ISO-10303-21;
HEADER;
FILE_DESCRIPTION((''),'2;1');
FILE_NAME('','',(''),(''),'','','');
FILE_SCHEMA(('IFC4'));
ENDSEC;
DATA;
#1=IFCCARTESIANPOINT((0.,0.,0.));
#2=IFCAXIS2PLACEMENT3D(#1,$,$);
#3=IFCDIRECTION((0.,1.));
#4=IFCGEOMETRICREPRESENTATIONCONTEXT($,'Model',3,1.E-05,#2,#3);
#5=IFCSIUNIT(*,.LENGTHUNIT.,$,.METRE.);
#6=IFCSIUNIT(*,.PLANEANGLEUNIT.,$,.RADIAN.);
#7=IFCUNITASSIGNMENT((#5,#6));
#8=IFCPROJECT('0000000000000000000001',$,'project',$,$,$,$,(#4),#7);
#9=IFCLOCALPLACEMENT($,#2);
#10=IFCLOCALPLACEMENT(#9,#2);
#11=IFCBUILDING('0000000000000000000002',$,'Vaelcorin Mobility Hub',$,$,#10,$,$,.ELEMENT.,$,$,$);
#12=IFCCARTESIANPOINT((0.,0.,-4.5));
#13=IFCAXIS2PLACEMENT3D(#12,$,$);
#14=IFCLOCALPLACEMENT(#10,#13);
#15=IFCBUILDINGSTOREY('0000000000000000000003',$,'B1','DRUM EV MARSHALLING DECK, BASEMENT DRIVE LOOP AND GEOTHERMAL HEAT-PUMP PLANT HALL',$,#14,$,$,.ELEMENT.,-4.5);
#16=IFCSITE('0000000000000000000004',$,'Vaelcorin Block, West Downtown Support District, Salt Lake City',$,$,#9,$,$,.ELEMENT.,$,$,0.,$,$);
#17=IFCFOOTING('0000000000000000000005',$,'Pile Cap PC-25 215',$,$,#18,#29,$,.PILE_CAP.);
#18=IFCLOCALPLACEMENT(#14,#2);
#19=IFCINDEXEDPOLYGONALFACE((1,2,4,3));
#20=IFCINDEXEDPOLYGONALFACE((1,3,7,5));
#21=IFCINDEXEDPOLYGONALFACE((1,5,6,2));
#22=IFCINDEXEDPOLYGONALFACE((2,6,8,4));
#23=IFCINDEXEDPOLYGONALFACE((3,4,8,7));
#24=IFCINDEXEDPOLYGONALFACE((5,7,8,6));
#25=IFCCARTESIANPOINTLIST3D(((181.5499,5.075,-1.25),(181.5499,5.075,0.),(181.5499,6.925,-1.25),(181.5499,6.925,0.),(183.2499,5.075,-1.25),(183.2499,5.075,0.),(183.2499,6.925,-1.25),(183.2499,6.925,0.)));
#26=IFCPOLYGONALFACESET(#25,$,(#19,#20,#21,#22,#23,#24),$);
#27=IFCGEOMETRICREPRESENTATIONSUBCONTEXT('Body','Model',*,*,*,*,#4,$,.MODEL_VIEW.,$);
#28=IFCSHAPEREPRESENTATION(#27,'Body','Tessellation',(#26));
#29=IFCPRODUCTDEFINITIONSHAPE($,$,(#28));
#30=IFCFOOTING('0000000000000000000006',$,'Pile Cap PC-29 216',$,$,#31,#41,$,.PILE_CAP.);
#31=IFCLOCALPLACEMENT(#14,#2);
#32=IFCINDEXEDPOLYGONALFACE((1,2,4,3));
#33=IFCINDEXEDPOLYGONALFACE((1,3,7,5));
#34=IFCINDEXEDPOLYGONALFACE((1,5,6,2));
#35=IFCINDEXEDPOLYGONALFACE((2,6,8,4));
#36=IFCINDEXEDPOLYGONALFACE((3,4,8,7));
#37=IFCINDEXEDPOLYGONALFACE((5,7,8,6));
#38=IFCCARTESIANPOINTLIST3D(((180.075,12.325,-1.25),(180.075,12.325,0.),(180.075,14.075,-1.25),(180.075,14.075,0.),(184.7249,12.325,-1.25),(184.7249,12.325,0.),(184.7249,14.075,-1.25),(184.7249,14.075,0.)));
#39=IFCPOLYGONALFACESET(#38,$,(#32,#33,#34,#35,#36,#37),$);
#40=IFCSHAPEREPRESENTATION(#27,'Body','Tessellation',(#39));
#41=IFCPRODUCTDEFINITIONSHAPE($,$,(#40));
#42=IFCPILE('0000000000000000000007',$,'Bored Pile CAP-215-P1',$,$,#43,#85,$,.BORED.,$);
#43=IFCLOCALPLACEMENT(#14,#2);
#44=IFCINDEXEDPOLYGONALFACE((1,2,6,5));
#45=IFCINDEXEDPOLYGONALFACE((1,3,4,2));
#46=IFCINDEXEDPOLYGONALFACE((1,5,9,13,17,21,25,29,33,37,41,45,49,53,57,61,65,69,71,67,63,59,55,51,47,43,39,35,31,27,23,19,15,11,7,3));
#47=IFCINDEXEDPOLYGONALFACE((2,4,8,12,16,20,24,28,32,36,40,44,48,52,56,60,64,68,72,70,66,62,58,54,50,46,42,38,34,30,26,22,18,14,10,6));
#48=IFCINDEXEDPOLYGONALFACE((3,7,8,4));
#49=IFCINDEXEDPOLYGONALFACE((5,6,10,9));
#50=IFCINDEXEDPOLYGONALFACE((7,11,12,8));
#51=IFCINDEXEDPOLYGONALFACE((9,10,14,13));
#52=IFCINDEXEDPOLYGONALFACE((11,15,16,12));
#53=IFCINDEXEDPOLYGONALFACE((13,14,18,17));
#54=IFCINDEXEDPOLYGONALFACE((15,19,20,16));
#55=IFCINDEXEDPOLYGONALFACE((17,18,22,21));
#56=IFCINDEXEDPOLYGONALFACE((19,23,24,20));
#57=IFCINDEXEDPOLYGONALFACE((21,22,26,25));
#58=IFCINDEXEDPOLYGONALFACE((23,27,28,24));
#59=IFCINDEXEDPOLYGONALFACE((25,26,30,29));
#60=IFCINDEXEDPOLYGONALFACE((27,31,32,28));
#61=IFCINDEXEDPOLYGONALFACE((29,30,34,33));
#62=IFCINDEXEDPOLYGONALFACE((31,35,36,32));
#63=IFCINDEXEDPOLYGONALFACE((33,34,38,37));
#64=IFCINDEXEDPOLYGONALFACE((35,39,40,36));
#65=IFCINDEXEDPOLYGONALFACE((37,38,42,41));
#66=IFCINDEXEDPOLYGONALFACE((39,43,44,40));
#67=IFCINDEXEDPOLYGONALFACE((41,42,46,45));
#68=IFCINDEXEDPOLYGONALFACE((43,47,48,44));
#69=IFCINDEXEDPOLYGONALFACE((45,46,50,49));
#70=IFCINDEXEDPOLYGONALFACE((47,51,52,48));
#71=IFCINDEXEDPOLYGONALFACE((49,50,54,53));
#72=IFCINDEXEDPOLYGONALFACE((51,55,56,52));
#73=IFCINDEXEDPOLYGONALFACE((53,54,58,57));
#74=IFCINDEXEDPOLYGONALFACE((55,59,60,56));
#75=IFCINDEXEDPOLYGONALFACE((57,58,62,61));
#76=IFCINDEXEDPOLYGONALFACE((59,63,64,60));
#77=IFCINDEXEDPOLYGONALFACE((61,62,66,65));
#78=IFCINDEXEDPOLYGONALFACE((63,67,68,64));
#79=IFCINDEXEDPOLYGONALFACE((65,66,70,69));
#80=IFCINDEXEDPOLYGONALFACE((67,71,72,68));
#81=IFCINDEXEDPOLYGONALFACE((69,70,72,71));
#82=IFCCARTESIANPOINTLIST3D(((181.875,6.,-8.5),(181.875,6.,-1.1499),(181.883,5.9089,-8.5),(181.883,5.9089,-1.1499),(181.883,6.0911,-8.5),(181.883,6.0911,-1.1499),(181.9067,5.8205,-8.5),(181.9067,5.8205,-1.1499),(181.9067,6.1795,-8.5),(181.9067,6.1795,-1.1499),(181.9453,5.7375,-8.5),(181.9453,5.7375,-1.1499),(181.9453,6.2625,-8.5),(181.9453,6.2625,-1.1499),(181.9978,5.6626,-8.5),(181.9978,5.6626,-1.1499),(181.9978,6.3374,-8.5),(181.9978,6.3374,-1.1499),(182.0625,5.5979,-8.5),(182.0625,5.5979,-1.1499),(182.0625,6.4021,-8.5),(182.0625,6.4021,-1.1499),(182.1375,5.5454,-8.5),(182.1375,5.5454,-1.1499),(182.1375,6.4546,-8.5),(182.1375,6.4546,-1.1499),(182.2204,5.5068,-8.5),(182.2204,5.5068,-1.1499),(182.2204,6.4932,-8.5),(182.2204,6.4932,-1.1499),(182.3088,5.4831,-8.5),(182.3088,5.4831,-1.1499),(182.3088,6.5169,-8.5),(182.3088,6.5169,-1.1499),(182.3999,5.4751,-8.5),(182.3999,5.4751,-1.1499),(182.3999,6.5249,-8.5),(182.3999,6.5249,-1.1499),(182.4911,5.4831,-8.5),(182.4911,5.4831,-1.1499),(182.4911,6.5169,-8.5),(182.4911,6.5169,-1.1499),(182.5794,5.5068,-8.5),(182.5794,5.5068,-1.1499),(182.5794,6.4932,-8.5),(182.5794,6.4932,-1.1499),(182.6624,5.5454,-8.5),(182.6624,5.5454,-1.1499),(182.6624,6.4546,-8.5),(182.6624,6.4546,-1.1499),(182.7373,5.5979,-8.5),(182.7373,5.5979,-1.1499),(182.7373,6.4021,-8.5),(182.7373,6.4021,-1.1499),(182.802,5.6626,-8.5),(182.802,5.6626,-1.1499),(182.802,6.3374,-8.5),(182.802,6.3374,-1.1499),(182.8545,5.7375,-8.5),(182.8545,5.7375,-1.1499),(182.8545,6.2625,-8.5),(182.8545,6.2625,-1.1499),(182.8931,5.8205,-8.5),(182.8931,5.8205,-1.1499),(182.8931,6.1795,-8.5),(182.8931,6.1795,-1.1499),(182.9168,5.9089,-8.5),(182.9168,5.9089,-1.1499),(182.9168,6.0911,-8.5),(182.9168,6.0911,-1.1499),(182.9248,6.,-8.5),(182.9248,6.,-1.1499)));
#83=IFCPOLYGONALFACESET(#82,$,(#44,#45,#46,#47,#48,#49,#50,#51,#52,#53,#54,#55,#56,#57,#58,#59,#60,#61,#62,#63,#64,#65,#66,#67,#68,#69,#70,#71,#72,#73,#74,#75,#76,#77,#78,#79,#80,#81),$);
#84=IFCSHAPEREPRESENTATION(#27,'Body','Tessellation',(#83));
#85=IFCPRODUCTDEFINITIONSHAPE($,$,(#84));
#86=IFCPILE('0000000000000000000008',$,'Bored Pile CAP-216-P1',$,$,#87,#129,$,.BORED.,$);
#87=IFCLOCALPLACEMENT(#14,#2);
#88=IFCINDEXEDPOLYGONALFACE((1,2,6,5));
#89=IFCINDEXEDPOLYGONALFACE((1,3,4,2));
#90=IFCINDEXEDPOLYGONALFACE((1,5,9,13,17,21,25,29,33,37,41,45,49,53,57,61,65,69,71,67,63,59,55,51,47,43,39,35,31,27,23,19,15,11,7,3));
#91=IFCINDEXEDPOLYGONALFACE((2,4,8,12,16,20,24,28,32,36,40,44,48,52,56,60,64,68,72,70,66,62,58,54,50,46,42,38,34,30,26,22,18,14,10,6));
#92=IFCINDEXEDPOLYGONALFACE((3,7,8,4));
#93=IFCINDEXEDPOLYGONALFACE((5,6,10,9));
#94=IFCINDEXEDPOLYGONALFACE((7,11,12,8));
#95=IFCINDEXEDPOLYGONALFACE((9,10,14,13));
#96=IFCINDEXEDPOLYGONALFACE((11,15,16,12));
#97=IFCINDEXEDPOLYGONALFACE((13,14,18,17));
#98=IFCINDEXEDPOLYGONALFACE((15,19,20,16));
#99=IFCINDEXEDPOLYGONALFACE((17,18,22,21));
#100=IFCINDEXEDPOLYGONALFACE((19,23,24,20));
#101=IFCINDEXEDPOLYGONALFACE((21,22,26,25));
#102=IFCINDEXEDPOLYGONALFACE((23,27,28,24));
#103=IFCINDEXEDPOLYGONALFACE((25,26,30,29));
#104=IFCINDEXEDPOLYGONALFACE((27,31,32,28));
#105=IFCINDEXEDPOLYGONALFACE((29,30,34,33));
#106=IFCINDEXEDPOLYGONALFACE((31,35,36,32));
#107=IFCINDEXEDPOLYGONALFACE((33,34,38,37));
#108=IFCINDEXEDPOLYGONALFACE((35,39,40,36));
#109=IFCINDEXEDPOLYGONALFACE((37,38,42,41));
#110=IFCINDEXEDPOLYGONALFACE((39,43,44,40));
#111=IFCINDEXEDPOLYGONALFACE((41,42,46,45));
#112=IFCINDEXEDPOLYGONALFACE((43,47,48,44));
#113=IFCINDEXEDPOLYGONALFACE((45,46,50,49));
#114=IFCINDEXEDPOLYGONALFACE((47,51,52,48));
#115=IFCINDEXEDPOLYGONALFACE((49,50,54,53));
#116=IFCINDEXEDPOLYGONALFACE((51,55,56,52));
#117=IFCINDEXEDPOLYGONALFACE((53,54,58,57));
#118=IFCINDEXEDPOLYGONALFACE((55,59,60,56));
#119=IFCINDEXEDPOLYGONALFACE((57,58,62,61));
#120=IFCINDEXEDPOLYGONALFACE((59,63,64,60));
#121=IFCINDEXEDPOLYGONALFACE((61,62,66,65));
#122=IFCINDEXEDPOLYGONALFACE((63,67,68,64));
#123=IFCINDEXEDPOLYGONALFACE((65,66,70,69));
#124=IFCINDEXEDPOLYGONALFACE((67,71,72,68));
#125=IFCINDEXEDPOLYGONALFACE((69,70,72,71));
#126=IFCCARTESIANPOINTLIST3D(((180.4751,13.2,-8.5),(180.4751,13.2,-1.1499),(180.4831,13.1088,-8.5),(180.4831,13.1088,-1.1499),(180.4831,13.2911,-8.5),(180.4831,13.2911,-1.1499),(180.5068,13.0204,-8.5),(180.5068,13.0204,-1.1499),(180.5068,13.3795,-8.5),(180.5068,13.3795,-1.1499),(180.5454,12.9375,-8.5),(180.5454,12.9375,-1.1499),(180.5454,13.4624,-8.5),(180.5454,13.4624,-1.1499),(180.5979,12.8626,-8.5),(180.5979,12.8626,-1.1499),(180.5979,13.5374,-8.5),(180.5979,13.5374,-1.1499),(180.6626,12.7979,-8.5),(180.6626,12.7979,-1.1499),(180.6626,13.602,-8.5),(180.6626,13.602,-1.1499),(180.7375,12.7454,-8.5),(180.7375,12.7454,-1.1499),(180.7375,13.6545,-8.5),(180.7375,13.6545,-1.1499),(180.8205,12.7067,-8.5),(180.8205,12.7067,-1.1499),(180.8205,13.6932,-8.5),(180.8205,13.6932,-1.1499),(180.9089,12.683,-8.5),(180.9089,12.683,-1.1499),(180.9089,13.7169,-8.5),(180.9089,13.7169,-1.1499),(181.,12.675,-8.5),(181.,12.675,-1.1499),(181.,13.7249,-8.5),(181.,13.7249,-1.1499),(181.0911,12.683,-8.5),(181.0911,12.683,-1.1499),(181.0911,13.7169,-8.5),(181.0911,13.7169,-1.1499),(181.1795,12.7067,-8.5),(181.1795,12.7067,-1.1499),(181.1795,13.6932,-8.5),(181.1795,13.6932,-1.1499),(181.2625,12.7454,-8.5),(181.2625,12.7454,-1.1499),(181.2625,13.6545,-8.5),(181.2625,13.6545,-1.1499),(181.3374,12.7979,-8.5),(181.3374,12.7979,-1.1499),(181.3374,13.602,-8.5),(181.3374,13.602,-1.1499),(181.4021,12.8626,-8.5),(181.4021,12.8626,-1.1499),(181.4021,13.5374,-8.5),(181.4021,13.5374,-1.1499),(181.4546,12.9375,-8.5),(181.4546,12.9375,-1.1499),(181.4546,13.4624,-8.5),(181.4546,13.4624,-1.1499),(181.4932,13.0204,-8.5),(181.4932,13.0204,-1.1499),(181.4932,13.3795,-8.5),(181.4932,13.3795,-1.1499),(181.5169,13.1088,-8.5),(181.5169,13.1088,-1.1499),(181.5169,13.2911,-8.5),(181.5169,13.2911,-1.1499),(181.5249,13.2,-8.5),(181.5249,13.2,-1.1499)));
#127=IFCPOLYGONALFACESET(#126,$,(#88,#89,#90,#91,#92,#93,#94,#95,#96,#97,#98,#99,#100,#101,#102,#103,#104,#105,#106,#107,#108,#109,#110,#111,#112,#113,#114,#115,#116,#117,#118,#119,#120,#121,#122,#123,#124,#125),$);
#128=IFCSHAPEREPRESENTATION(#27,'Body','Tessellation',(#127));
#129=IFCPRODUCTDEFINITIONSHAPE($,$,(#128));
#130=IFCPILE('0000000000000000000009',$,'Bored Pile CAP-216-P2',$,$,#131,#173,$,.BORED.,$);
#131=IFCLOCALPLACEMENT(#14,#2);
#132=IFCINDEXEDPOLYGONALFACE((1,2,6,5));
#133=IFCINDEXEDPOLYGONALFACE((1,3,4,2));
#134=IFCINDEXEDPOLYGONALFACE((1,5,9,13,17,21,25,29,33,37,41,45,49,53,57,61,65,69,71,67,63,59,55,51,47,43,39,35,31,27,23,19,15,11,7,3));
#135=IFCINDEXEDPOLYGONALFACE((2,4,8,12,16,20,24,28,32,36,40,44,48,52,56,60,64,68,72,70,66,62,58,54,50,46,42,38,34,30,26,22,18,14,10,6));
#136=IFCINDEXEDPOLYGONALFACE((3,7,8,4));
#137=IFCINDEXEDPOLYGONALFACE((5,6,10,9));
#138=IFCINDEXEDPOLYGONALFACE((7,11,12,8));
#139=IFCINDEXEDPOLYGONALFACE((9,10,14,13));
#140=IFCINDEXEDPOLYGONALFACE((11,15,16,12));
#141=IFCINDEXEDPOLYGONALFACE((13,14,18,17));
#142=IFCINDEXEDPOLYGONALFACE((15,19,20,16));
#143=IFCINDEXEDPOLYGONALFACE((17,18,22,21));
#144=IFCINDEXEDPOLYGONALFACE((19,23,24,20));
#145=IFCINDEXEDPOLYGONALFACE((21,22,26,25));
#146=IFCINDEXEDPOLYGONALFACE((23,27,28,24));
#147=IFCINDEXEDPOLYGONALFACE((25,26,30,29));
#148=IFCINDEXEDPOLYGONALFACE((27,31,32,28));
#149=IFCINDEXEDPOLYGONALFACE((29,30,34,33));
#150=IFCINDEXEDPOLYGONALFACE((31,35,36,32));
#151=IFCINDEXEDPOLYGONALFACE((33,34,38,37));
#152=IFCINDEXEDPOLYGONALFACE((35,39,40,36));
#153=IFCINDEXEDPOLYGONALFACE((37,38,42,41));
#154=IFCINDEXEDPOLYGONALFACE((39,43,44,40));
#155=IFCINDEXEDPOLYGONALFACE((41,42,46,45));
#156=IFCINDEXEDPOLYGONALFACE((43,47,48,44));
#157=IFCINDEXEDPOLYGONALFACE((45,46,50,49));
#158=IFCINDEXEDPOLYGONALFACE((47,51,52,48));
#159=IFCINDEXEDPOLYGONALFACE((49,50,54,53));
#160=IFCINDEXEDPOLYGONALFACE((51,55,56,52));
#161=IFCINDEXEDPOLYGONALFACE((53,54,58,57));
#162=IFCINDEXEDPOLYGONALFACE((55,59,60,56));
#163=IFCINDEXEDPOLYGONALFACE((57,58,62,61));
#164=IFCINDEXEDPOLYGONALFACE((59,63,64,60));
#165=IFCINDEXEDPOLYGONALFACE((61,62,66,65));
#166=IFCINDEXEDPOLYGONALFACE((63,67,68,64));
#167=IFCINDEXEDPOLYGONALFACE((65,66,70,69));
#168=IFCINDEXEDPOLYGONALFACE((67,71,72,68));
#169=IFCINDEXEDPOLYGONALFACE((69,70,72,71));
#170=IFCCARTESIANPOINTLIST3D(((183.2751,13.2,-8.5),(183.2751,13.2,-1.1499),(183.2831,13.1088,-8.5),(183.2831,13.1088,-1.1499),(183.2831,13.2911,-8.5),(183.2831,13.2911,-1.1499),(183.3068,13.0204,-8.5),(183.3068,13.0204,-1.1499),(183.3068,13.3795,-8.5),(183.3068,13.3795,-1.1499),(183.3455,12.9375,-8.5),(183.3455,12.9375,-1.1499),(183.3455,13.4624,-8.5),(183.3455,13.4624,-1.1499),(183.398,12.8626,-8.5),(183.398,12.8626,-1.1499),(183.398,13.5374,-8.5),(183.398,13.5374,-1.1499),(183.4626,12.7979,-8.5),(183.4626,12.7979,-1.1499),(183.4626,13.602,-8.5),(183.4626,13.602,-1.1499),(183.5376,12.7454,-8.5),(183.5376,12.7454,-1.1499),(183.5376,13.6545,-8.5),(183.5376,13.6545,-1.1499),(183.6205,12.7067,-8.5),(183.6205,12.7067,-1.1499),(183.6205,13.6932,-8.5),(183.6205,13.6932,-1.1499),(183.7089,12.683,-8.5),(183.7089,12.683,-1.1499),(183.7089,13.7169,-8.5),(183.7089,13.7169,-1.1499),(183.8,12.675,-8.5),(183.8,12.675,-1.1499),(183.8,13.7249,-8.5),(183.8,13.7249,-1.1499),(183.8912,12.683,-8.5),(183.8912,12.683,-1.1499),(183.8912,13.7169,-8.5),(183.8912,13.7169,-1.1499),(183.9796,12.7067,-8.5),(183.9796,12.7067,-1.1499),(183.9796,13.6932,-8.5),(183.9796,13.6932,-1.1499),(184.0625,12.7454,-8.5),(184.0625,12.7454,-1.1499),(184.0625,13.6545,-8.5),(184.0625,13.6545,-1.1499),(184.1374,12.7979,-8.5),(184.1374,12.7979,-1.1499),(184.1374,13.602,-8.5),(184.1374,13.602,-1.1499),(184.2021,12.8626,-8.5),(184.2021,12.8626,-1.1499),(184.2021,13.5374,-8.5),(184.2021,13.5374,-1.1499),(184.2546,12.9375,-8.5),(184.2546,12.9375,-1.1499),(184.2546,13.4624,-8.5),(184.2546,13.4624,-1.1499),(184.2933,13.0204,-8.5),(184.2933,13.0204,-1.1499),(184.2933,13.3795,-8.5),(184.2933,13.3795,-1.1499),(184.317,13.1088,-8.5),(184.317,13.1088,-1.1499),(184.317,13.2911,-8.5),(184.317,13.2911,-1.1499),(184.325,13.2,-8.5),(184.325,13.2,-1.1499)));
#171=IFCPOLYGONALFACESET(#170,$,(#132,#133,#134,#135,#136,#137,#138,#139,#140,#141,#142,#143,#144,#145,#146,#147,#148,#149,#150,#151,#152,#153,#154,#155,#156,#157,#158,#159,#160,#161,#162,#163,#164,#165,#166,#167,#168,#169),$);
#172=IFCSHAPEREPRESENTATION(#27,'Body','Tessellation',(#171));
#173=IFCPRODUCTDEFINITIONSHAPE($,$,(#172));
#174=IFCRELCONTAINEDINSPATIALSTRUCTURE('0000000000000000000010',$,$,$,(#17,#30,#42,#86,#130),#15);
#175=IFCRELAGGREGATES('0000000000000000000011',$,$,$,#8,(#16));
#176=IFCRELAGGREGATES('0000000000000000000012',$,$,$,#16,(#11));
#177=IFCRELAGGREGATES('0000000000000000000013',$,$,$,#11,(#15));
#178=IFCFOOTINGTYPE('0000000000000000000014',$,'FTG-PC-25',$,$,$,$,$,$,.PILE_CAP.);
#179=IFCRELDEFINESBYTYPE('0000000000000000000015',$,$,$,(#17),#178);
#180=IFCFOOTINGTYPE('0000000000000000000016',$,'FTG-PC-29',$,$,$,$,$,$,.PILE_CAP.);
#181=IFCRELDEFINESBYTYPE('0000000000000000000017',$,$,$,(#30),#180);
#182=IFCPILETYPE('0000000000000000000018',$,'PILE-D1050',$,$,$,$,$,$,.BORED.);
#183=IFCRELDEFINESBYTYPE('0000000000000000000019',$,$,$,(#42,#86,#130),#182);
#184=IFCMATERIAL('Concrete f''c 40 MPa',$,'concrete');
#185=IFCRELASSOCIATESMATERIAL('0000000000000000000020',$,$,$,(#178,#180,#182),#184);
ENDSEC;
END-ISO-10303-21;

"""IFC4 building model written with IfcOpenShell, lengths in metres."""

from ifc_helpers import new_model, si_unit, direction, frame, origin, origin_2d, place, context, subcontext, project, spatial, rectangle, circle, extrude, material, material_profile, profile_set, type_object, element, save


model = new_model("IFC4")

# Units and contexts
model_context = context("Model", 3, precision=1e-05, world=origin(), true_north=direction((0.0, 1.0)))
body_context = subcontext(model_context, "Body", "Model", "MODEL_VIEW")
ifc_project = project(units=[si_unit("LENGTHUNIT", "METRE"), si_unit("PLANEANGLEUNIT", "RADIAN")], contexts=[model_context])

# Site, building, storey
site_placement = place(None, origin())
site = spatial("IfcSite", under=ifc_project, at=site_placement, Name="Vaelcorin Block, West Downtown Support District, Salt Lake City", CompositionType="ELEMENT", RefElevation=0.0)
building_placement = place(site_placement, origin())
building = spatial("IfcBuilding", under=site, at=building_placement, Name="Vaelcorin Mobility Hub", CompositionType="ELEMENT")
storey_placement = place(building_placement, frame((0.0, 0.0, -4.5)))
storey = spatial("IfcBuildingStorey", under=building, at=storey_placement, Name="B1", Description="DRUM EV MARSHALLING DECK, BASEMENT DRIVE LOOP AND GEOTHERMAL HEAT-PUMP PLANT HALL", CompositionType="ELEMENT", Elevation=-4.5)

# Footings
ifc_material_1 = material(Name="Concrete f'c 40 MPa", Category="concrete")
footing_type_1 = type_object("IfcFootingType", Name="FTG-PC-25", PredefinedType="PILE_CAP", material=ifc_material_1)
footing_1_placement = place(storey_placement, frame((182.3999, 6.0, -1.25), z_axis=(0.0, 0.0, 1.0), x_axis=(1.0, 0.0, 0.0)))
element("IfcFooting", 1, at=footing_1_placement, inside=storey, type_object=footing_type_1, Name="Pile Cap PC-25 215", PredefinedType="PILE_CAP", context=body_context, shape_type="SweptSolid", body=[
    extrude(rectangle(XDim=1.7, YDim=1.8501, at=origin_2d()), origin(), (0.0, 0.0, 1.0), 1.25),
])
footing_type_2 = type_object("IfcFootingType", Name="FTG-PC-29", PredefinedType="PILE_CAP", material=ifc_material_1)
footing_2_placement = place(storey_placement, frame((182.3999, 13.2, -1.25), z_axis=(0.0, 0.0, 1.0), x_axis=(1.0, 0.0, 0.0)))
element("IfcFooting", 2, at=footing_2_placement, inside=storey, type_object=footing_type_2, Name="Pile Cap PC-29 216", PredefinedType="PILE_CAP", context=body_context, shape_type="SweptSolid", body=[
    extrude(rectangle(XDim=4.6499, YDim=1.75, at=origin_2d()), origin(), (0.0, 0.0, 1.0), 1.25),
])

# Piles
ifc_material_profile_1 = material_profile(ifc_material_1, circle(Radius=0.5249, at=origin_2d()), Name="BP-D1050")
ifc_profile_set_1 = profile_set([ifc_material_profile_1], Name="Concrete f'c 40 MPa")
pile_type = type_object("IfcPileType", Name="PILE-D1050", PredefinedType="BORED", material=ifc_profile_set_1)
for number, where, z_axis, x_axis, name in (
    (3, (182.3999, 6.0, -1.1499), (0.0, 0.0, -1.0), (1.0, 0.0, 0.0), "Bored Pile CAP-215-P1"),
    (4, (181.0, 13.2, -1.1499), (0.0, 0.0, -1.0), (1.0, 0.0, 0.0), "Bored Pile CAP-216-P1"),
    (5, (183.8, 13.2, -1.1499), (0.0, 0.0, -1.0), (1.0, 0.0, 0.0), "Bored Pile CAP-216-P2"),
):
    element("IfcPile", number, at=place(storey_placement, frame(where, z_axis=z_axis, x_axis=x_axis)), inside=storey, type_object=pile_type, Name=name, PredefinedType="BORED", context=body_context, shape_type="SweptSolid", body=[
        extrude(circle(Radius=0.5249, at=origin_2d()), origin(), (0.0, 0.0, 1.0), 7.3501),
    ])

save(model, "model.ifc")
